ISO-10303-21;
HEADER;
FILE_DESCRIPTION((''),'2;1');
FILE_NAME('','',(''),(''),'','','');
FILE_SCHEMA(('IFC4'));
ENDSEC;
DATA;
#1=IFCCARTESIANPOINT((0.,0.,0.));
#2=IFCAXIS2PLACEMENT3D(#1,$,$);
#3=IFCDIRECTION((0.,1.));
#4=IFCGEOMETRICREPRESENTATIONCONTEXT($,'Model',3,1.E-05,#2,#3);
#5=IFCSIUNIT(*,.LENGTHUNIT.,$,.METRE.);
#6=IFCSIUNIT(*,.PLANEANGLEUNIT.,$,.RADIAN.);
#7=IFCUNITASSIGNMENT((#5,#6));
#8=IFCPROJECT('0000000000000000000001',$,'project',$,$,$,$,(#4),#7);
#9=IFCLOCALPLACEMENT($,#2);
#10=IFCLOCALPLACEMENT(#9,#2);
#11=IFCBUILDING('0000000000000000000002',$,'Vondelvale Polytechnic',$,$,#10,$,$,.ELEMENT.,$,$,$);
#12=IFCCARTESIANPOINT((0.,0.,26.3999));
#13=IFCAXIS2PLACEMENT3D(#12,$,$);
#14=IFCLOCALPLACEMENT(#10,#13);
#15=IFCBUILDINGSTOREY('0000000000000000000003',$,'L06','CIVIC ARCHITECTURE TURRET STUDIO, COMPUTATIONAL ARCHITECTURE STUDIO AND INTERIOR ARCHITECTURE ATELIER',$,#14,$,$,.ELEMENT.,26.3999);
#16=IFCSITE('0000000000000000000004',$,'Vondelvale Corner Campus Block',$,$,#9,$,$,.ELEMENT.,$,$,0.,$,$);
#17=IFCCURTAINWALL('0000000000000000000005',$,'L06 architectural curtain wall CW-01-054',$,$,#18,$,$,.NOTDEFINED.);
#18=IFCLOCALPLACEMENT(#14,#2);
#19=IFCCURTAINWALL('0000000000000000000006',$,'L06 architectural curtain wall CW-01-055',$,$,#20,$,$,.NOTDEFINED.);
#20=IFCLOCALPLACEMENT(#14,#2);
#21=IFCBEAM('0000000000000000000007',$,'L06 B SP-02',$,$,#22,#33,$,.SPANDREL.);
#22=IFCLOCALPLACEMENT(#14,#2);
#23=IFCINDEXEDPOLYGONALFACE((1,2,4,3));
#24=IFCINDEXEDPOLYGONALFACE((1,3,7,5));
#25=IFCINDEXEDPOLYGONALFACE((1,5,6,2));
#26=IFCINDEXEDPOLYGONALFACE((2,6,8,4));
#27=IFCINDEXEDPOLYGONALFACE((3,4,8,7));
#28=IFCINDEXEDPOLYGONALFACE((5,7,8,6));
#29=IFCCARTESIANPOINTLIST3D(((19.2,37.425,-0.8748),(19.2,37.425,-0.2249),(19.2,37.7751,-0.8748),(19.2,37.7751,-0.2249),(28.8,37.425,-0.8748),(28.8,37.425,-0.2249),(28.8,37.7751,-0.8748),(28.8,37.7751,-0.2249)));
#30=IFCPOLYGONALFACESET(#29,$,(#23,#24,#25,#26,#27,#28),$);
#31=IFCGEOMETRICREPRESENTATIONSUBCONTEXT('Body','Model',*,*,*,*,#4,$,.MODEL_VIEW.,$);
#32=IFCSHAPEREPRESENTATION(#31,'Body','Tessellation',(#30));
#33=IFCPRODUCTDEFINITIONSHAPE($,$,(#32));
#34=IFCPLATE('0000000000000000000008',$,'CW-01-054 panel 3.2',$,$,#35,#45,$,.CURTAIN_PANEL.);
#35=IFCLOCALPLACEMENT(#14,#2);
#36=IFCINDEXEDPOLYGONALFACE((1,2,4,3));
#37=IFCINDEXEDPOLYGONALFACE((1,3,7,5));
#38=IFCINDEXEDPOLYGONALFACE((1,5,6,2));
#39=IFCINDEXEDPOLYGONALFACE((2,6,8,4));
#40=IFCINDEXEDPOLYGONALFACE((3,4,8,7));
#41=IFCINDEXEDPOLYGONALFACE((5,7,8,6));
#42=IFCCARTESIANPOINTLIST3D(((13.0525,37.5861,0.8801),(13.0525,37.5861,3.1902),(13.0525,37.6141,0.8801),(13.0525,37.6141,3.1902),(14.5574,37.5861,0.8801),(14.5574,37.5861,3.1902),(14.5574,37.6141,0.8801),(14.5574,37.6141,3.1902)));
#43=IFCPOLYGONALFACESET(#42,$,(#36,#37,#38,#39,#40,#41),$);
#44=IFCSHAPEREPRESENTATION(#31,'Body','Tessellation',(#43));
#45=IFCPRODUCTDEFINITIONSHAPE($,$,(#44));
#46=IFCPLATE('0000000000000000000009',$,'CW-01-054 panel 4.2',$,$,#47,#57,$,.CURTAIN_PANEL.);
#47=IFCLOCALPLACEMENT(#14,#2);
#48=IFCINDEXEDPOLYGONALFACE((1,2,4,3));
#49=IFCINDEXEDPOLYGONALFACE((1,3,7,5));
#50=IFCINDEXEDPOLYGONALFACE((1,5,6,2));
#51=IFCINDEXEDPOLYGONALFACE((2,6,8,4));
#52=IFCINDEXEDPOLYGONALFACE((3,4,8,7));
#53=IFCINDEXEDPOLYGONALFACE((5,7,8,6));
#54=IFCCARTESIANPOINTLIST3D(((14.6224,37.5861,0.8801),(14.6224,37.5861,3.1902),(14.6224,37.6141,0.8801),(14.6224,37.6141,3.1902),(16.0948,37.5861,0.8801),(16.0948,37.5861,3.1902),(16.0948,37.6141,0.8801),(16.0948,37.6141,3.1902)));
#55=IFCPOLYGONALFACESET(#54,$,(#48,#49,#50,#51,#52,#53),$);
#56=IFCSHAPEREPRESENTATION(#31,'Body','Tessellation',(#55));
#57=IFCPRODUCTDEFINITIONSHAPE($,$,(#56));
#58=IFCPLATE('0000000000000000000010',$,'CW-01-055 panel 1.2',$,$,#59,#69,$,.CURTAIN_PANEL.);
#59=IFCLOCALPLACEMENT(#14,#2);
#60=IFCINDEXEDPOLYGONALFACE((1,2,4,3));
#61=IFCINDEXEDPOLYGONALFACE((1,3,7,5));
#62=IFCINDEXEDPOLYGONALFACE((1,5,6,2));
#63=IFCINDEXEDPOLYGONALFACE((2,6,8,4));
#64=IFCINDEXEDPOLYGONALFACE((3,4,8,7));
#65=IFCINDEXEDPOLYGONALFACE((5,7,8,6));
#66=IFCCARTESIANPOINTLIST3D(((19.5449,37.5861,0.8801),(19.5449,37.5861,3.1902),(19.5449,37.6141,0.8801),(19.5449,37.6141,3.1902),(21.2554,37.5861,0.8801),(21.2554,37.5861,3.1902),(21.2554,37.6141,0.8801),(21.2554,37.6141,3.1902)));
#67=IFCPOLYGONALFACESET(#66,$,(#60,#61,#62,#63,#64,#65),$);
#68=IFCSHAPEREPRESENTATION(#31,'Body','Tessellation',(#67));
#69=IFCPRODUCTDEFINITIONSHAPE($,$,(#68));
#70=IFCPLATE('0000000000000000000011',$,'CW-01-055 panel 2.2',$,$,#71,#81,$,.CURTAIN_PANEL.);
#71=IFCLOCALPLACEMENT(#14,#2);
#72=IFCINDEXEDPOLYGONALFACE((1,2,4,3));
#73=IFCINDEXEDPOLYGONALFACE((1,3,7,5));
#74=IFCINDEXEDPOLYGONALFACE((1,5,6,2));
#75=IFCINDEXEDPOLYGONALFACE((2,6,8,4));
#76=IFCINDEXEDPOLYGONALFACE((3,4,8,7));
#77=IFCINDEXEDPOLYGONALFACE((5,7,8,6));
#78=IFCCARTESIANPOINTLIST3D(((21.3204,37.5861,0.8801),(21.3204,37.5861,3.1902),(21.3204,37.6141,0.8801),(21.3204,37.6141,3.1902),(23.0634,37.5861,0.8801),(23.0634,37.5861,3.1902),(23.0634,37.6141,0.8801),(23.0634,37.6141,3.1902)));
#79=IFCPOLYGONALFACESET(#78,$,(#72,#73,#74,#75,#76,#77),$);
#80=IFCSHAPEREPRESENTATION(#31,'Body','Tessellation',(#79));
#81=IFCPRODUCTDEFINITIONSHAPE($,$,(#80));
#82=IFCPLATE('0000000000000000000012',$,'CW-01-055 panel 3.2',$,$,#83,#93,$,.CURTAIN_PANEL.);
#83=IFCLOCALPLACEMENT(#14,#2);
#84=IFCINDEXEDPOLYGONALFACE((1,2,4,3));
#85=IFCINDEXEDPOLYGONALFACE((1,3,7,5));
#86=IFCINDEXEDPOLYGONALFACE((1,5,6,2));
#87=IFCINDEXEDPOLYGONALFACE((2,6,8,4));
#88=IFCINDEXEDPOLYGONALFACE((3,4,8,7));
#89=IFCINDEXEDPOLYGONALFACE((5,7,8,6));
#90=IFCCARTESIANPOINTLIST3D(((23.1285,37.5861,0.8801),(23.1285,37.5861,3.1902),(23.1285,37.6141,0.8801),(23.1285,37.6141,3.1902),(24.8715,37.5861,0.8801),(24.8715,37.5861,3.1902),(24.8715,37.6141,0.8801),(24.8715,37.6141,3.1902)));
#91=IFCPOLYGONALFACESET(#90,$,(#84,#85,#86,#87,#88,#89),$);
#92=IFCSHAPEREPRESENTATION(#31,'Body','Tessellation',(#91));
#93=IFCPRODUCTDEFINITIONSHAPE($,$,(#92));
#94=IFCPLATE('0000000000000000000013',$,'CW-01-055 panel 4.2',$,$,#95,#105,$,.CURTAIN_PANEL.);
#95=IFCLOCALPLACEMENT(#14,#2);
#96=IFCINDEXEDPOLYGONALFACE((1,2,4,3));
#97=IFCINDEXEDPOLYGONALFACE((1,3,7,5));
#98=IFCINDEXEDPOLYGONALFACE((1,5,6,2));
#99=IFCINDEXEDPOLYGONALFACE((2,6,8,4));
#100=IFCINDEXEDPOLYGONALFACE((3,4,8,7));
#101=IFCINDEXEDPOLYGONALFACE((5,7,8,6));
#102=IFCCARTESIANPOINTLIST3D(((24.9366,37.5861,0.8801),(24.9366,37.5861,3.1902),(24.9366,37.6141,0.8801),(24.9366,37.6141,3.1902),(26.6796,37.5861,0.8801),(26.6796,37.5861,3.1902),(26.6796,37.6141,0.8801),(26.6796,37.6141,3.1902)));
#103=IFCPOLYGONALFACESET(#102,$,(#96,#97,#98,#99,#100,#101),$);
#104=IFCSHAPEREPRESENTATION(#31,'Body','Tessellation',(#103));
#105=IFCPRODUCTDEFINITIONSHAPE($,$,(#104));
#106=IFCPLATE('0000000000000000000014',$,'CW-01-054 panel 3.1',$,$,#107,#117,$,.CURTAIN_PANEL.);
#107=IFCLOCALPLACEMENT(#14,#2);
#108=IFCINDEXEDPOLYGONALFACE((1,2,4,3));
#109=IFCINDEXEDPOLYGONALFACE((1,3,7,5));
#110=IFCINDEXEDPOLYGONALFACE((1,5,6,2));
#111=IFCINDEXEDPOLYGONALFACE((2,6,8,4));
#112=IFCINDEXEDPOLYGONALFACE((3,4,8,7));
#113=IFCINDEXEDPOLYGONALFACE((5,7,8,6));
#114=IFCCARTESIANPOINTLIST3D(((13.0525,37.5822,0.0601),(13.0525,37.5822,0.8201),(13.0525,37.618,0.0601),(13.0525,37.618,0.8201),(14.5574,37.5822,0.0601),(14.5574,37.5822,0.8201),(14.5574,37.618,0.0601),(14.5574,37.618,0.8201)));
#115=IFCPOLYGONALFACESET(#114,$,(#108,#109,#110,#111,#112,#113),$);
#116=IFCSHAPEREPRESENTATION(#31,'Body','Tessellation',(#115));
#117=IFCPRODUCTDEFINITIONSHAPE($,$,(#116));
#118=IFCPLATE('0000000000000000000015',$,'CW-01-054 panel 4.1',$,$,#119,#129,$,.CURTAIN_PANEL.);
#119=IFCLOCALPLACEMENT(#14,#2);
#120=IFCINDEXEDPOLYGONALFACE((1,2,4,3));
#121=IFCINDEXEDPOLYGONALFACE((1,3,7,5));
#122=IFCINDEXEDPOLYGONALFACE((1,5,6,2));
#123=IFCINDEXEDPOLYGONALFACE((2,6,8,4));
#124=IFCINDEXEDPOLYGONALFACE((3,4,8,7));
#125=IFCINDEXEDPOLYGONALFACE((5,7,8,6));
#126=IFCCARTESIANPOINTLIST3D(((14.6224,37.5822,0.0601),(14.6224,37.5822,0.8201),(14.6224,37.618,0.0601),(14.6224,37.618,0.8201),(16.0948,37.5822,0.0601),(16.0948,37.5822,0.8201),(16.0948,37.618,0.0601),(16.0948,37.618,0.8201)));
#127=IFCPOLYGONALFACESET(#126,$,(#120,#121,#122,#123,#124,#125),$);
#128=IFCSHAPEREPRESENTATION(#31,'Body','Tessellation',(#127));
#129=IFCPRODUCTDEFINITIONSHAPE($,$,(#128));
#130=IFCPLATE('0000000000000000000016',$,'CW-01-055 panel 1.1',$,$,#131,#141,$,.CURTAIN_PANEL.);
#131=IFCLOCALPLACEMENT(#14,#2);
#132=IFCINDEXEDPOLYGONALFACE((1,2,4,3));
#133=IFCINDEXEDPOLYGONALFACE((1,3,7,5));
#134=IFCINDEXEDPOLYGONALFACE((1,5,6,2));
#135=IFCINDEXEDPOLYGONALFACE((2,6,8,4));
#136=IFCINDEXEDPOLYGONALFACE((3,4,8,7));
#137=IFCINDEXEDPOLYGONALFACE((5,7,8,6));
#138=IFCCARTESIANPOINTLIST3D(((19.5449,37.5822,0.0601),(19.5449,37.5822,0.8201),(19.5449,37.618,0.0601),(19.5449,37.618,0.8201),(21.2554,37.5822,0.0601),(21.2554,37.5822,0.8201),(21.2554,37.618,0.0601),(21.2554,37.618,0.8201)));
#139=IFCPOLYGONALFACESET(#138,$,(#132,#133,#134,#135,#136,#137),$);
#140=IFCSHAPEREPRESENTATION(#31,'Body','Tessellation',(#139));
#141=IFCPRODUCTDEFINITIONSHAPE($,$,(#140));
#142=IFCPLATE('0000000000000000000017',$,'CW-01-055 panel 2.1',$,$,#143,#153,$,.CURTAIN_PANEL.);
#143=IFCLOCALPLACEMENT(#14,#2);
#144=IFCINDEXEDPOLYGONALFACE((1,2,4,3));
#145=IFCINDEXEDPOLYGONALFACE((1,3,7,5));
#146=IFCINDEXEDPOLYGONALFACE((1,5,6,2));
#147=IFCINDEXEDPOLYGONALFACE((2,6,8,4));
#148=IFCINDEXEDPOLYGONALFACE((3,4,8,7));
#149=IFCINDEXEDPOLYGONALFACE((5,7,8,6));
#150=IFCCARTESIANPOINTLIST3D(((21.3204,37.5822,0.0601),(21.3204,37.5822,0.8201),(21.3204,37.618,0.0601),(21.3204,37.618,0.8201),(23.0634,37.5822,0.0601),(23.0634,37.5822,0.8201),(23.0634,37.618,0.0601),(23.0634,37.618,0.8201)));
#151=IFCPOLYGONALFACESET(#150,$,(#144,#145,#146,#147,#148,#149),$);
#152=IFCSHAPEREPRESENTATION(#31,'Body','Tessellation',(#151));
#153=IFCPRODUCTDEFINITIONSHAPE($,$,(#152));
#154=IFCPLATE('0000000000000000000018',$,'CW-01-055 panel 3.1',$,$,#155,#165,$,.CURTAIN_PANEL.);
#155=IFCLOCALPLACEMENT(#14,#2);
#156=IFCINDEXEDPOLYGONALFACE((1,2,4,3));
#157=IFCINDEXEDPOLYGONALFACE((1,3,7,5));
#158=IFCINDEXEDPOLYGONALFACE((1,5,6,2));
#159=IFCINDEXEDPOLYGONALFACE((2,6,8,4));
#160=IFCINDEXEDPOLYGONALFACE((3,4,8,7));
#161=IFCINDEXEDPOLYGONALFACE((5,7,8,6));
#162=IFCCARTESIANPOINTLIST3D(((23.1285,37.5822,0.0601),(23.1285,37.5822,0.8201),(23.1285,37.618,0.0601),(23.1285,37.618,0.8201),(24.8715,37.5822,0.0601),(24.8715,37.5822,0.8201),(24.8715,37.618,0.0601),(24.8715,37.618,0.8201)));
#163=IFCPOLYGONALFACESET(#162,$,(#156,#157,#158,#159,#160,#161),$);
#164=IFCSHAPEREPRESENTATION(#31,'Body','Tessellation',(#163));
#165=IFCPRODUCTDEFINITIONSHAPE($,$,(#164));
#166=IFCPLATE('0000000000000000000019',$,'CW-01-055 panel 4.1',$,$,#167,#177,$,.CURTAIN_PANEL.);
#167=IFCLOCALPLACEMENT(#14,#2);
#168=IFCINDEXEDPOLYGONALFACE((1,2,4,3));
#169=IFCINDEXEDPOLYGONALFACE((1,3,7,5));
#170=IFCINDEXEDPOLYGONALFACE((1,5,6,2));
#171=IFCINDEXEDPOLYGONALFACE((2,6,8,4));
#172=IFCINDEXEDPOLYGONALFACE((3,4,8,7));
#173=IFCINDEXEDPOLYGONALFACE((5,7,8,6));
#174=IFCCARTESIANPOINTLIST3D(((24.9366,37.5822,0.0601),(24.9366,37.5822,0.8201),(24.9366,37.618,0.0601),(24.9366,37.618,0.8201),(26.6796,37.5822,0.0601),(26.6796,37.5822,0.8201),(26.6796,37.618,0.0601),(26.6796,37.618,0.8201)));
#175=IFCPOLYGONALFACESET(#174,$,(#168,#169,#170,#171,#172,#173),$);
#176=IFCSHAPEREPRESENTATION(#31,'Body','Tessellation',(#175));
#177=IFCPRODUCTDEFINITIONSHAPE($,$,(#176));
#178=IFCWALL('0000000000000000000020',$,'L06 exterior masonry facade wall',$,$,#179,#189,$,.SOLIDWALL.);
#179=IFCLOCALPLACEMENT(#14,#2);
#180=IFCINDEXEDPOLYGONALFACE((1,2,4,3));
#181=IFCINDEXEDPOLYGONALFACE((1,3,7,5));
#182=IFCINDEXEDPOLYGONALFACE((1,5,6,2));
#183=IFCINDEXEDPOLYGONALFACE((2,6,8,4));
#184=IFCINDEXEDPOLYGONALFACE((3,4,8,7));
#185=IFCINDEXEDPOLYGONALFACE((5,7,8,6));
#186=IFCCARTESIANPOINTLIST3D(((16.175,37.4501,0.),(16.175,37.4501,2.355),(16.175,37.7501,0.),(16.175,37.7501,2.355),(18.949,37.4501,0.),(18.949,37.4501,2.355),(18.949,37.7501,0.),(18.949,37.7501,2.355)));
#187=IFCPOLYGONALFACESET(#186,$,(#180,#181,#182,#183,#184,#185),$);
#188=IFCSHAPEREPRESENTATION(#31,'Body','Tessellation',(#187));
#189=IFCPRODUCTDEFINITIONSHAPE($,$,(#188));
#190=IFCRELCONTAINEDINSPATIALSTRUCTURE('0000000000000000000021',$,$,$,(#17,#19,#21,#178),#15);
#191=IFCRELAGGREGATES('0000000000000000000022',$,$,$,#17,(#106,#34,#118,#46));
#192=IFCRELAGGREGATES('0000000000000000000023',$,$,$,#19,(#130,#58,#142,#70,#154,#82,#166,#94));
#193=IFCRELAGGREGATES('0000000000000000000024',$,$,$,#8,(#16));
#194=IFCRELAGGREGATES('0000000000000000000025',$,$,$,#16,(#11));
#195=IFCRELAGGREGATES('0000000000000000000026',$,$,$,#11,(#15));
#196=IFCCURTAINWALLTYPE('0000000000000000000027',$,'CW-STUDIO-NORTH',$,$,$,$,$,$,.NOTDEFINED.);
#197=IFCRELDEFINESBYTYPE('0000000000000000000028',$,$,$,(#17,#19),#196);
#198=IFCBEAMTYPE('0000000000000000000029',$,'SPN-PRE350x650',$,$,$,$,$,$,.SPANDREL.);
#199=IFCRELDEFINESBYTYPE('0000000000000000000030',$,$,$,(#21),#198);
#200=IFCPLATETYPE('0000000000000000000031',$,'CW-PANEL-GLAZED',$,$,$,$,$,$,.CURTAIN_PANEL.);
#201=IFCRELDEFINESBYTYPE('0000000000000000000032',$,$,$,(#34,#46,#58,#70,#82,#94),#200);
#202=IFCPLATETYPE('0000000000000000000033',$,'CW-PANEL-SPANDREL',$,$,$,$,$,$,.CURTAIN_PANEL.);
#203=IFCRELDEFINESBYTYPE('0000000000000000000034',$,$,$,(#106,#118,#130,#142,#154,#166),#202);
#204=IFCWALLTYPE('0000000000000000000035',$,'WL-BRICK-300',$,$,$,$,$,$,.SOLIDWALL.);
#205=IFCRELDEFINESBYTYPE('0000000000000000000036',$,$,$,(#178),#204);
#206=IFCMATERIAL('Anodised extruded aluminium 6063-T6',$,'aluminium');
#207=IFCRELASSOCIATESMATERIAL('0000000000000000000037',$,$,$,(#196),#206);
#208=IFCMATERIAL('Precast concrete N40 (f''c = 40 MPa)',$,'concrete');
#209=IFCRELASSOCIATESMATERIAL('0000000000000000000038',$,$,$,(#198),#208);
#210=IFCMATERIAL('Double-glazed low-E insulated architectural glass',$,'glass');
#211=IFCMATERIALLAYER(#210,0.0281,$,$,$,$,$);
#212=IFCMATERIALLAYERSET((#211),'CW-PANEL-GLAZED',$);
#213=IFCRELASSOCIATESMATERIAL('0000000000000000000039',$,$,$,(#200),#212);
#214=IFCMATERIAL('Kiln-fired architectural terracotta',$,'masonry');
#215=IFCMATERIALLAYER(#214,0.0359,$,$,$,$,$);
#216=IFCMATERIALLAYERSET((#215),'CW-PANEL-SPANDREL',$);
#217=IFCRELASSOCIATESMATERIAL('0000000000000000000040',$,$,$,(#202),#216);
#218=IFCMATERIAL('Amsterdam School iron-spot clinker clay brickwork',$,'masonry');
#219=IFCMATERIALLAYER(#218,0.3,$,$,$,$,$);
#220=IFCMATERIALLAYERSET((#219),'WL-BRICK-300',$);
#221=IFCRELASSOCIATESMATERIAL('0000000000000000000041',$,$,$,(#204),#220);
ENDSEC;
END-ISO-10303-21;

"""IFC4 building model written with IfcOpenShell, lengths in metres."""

from ifc_helpers import new_model, si_unit, direction, frame, frame_2d, origin, origin_2d, place, context, subcontext, project, spatial, rectangle, extrude, material, layer, layer_set, material_profile, profile_set, type_object, element, aggregate, save


model = new_model("IFC4")

# Units and contexts
model_context = context("Model", 3, precision=1e-05, world=origin(), true_north=direction((0.0, 1.0)))
body_context = subcontext(model_context, "Body", "Model", "MODEL_VIEW")
ifc_project = project(units=[si_unit("LENGTHUNIT", "METRE"), si_unit("PLANEANGLEUNIT", "RADIAN")], contexts=[model_context])

# Site, building, storey
site_placement = place(None, origin())
site = spatial("IfcSite", under=ifc_project, at=site_placement, Name="Vondelvale Corner Campus Block", CompositionType="ELEMENT", RefElevation=0.0)
building_placement = place(site_placement, origin())
building = spatial("IfcBuilding", under=site, at=building_placement, Name="Vondelvale Polytechnic", CompositionType="ELEMENT")
storey_placement = place(building_placement, frame((0.0, 0.0, 26.3999)))
storey = spatial("IfcBuildingStorey", under=building, at=storey_placement, Name="L06", Description="CIVIC ARCHITECTURE TURRET STUDIO, COMPUTATIONAL ARCHITECTURE STUDIO AND INTERIOR ARCHITECTURE ATELIER", CompositionType="ELEMENT", Elevation=26.3999)

# Curtain walls
ifc_material_1 = material(Name="Anodised extruded aluminium 6063-T6", Category="aluminium")
curtain_wall_type = type_object("IfcCurtainWallType", Name="CW-STUDIO-NORTH", PredefinedType="NOTDEFINED", material=ifc_material_1)
curtain_wall_1_placement = place(storey_placement, origin())
curtain_wall_1 = element("IfcCurtainWall", 1, at=curtain_wall_1_placement, inside=storey, type_object=curtain_wall_type, Name="L06 architectural curtain wall CW-01-054", PredefinedType="NOTDEFINED")
curtain_wall_2_placement = place(storey_placement, origin())
curtain_wall_2 = element("IfcCurtainWall", 2, at=curtain_wall_2_placement, inside=storey, type_object=curtain_wall_type, Name="L06 architectural curtain wall CW-01-055", PredefinedType="NOTDEFINED")

# Beam
ifc_material_2 = material(Name="Precast concrete N40 (f'c = 40 MPa)", Category="concrete")
ifc_material_profile_1 = material_profile(ifc_material_2, rectangle(XDim=0.3501, YDim=0.6499, at=origin_2d()), Name="RC-SPN-350x650")
ifc_profile_set_1 = profile_set([ifc_material_profile_1], Name="Precast concrete N40 (f'c = 40 MPa)")
beam_type = type_object("IfcBeamType", Name="SPN-PRE350x650", PredefinedType="SPANDREL", material=ifc_profile_set_1)
beam_placement = place(storey_placement, frame((19.2, 37.6001, -0.5498), z_axis=(1.0, 0.0, 0.0), x_axis=(0.0, 1.0, 0.0)))
element("IfcBeam", 3, at=beam_placement, inside=storey, type_object=beam_type, Name="L06 B SP-02", PredefinedType="SPANDREL", context=body_context, shape_type="SweptSolid", body=[
    extrude(rectangle(XDim=0.3501, YDim=0.6499, at=origin_2d()), origin(), (0.0, 0.0, 1.0), 9.6001),
])

# Plates
ifc_material_3 = material(Name="Double-glazed low-E insulated architectural glass", Category="glass")
ifc_layer_1 = layer(ifc_material_3, 0.0281)
ifc_layer_set_1 = layer_set([ifc_layer_1], Name="CW-PANEL-GLAZED")
plate_type_1 = type_object("IfcPlateType", Name="CW-PANEL-GLAZED", PredefinedType="CURTAIN_PANEL", material=ifc_layer_set_1)
plate_1_placement = place(storey_placement, frame((13.8049, 37.6001, 0.8801), z_axis=(0.0, 0.0, 1.0), x_axis=(1.0, 0.0, 0.0)))
plate_1 = element("IfcPlate", 4, at=plate_1_placement, type_object=plate_type_1, Name="CW-01-054 panel 3.2", PredefinedType="CURTAIN_PANEL", context=body_context, shape_type="SweptSolid", body=[
    extrude(rectangle(XDim=1.5049, YDim=0.0281, at=origin_2d()), origin(), (0.0, 0.0, 1.0), 2.3101),
])
plate_2_placement = place(storey_placement, frame((15.3586, 37.6001, 0.8801), z_axis=(0.0, 0.0, 1.0), x_axis=(1.0, 0.0, 0.0)))
plate_2 = element("IfcPlate", 5, at=plate_2_placement, type_object=plate_type_1, Name="CW-01-054 panel 4.2", PredefinedType="CURTAIN_PANEL", context=body_context, shape_type="SweptSolid", body=[
    extrude(rectangle(XDim=1.4724, YDim=0.0281, at=origin_2d()), origin(), (0.0, 0.0, 1.0), 2.3101),
])
plate_3_placement = place(storey_placement, frame((20.4001, 37.6001, 0.8801), z_axis=(0.0, 0.0, 1.0), x_axis=(1.0, 0.0, 0.0)))
plate_3 = element("IfcPlate", 6, at=plate_3_placement, type_object=plate_type_1, Name="CW-01-055 panel 1.2", PredefinedType="CURTAIN_PANEL", context=body_context, shape_type="SweptSolid", body=[
    extrude(rectangle(XDim=1.7104, YDim=0.0281, at=origin_2d()), origin(), (0.0, 0.0, 1.0), 2.3101),
])
plate_4_placement = place(storey_placement, frame((22.1919, 37.6001, 0.8801), z_axis=(0.0, 0.0, 1.0), x_axis=(1.0, 0.0, 0.0)))
plate_4 = element("IfcPlate", 7, at=plate_4_placement, type_object=plate_type_1, Name="CW-01-055 panel 2.2", PredefinedType="CURTAIN_PANEL", context=body_context, shape_type="SweptSolid", body=[
    extrude(rectangle(XDim=1.7429, YDim=0.0281, at=origin_2d()), origin(), (0.0, 0.0, 1.0), 2.3101),
])
plate_5_placement = place(storey_placement, frame((24.0, 37.6001, 0.8801), z_axis=(0.0, 0.0, 1.0), x_axis=(1.0, 0.0, 0.0)))
plate_5 = element("IfcPlate", 8, at=plate_5_placement, type_object=plate_type_1, Name="CW-01-055 panel 3.2", PredefinedType="CURTAIN_PANEL", context=body_context, shape_type="SweptSolid", body=[
    extrude(rectangle(XDim=1.7429, YDim=0.0281, at=origin_2d()), origin(), (0.0, 0.0, 1.0), 2.3101),
])
plate_6_placement = place(storey_placement, frame((25.8081, 37.6001, 0.8801), z_axis=(0.0, 0.0, 1.0), x_axis=(1.0, 0.0, 0.0)))
plate_6 = element("IfcPlate", 9, at=plate_6_placement, type_object=plate_type_1, Name="CW-01-055 panel 4.2", PredefinedType="CURTAIN_PANEL", context=body_context, shape_type="SweptSolid", body=[
    extrude(rectangle(XDim=1.7429, YDim=0.0281, at=origin_2d()), origin(), (0.0, 0.0, 1.0), 2.3101),
])
ifc_material_4 = material(Name="Kiln-fired architectural terracotta", Category="masonry")
ifc_layer_2 = layer(ifc_material_4, 0.0359)
ifc_layer_set_2 = layer_set([ifc_layer_2], Name="CW-PANEL-SPANDREL")
plate_type_2 = type_object("IfcPlateType", Name="CW-PANEL-SPANDREL", PredefinedType="CURTAIN_PANEL", material=ifc_layer_set_2)
plate_7_placement = place(storey_placement, frame((13.8049, 37.6001, 0.0601), z_axis=(0.0, 0.0, 1.0), x_axis=(1.0, 0.0, 0.0)))
plate_7 = element("IfcPlate", 10, at=plate_7_placement, type_object=plate_type_2, Name="CW-01-054 panel 3.1", PredefinedType="CURTAIN_PANEL", context=body_context, shape_type="SweptSolid", body=[
    extrude(rectangle(XDim=1.5049, YDim=0.0359, at=origin_2d()), origin(), (0.0, 0.0, 1.0), 0.76),
])
plate_8_placement = place(storey_placement, frame((15.3586, 37.6001, 0.0601), z_axis=(0.0, 0.0, 1.0), x_axis=(1.0, 0.0, 0.0)))
plate_8 = element("IfcPlate", 11, at=plate_8_placement, type_object=plate_type_2, Name="CW-01-054 panel 4.1", PredefinedType="CURTAIN_PANEL", context=body_context, shape_type="SweptSolid", body=[
    extrude(rectangle(XDim=1.4724, YDim=0.0359, at=origin_2d()), origin(), (0.0, 0.0, 1.0), 0.76),
])
aggregate(curtain_wall_1, [plate_7, plate_1, plate_8, plate_2])
plate_9_placement = place(storey_placement, frame((20.4001, 37.6001, 0.0601), z_axis=(0.0, 0.0, 1.0), x_axis=(1.0, 0.0, 0.0)))
plate_9 = element("IfcPlate", 12, at=plate_9_placement, type_object=plate_type_2, Name="CW-01-055 panel 1.1", PredefinedType="CURTAIN_PANEL", context=body_context, shape_type="SweptSolid", body=[
    extrude(rectangle(XDim=1.7104, YDim=0.0359, at=origin_2d()), origin(), (0.0, 0.0, 1.0), 0.76),
])
plate_10_placement = place(storey_placement, frame((22.1919, 37.6001, 0.0601), z_axis=(0.0, 0.0, 1.0), x_axis=(1.0, 0.0, 0.0)))
plate_10 = element("IfcPlate", 13, at=plate_10_placement, type_object=plate_type_2, Name="CW-01-055 panel 2.1", PredefinedType="CURTAIN_PANEL", context=body_context, shape_type="SweptSolid", body=[
    extrude(rectangle(XDim=1.7429, YDim=0.0359, at=origin_2d()), origin(), (0.0, 0.0, 1.0), 0.76),
])
plate_11_placement = place(storey_placement, frame((24.0, 37.6001, 0.0601), z_axis=(0.0, 0.0, 1.0), x_axis=(1.0, 0.0, 0.0)))
plate_11 = element("IfcPlate", 14, at=plate_11_placement, type_object=plate_type_2, Name="CW-01-055 panel 3.1", PredefinedType="CURTAIN_PANEL", context=body_context, shape_type="SweptSolid", body=[
    extrude(rectangle(XDim=1.7429, YDim=0.0359, at=origin_2d()), origin(), (0.0, 0.0, 1.0), 0.76),
])
plate_12_placement = place(storey_placement, frame((25.8081, 37.6001, 0.0601), z_axis=(0.0, 0.0, 1.0), x_axis=(1.0, 0.0, 0.0)))
plate_12 = element("IfcPlate", 15, at=plate_12_placement, type_object=plate_type_2, Name="CW-01-055 panel 4.1", PredefinedType="CURTAIN_PANEL", context=body_context, shape_type="SweptSolid", body=[
    extrude(rectangle(XDim=1.7429, YDim=0.0359, at=origin_2d()), origin(), (0.0, 0.0, 1.0), 0.76),
])
aggregate(curtain_wall_2, [plate_9, plate_3, plate_10, plate_4, plate_11, plate_5, plate_12, plate_6])

# Wall
ifc_material_5 = material(Name="Amsterdam School iron-spot clinker clay brickwork", Category="masonry")
ifc_layer_3 = layer(ifc_material_5, 0.3)
ifc_layer_set_3 = layer_set([ifc_layer_3], Name="WL-BRICK-300")
wall_type = type_object("IfcWallType", Name="WL-BRICK-300", PredefinedType="SOLIDWALL", material=ifc_layer_set_3)
wall_placement = place(storey_placement, frame((16.175, 37.6001, 0.0), z_axis=(0.0, 0.0, 1.0), x_axis=(1.0, 0.0, 0.0)))
element("IfcWall", 16, at=wall_placement, inside=storey, type_object=wall_type, Name="L06 exterior masonry facade wall", PredefinedType="SOLIDWALL", context=body_context, shape_type="SweptSolid", body=[
    extrude(rectangle(XDim=2.7739, YDim=0.3, at=frame_2d((1.387, 0.0))), origin(), (0.0, 0.0, 1.0), 2.355),
])

save(model, "model.ifc")
